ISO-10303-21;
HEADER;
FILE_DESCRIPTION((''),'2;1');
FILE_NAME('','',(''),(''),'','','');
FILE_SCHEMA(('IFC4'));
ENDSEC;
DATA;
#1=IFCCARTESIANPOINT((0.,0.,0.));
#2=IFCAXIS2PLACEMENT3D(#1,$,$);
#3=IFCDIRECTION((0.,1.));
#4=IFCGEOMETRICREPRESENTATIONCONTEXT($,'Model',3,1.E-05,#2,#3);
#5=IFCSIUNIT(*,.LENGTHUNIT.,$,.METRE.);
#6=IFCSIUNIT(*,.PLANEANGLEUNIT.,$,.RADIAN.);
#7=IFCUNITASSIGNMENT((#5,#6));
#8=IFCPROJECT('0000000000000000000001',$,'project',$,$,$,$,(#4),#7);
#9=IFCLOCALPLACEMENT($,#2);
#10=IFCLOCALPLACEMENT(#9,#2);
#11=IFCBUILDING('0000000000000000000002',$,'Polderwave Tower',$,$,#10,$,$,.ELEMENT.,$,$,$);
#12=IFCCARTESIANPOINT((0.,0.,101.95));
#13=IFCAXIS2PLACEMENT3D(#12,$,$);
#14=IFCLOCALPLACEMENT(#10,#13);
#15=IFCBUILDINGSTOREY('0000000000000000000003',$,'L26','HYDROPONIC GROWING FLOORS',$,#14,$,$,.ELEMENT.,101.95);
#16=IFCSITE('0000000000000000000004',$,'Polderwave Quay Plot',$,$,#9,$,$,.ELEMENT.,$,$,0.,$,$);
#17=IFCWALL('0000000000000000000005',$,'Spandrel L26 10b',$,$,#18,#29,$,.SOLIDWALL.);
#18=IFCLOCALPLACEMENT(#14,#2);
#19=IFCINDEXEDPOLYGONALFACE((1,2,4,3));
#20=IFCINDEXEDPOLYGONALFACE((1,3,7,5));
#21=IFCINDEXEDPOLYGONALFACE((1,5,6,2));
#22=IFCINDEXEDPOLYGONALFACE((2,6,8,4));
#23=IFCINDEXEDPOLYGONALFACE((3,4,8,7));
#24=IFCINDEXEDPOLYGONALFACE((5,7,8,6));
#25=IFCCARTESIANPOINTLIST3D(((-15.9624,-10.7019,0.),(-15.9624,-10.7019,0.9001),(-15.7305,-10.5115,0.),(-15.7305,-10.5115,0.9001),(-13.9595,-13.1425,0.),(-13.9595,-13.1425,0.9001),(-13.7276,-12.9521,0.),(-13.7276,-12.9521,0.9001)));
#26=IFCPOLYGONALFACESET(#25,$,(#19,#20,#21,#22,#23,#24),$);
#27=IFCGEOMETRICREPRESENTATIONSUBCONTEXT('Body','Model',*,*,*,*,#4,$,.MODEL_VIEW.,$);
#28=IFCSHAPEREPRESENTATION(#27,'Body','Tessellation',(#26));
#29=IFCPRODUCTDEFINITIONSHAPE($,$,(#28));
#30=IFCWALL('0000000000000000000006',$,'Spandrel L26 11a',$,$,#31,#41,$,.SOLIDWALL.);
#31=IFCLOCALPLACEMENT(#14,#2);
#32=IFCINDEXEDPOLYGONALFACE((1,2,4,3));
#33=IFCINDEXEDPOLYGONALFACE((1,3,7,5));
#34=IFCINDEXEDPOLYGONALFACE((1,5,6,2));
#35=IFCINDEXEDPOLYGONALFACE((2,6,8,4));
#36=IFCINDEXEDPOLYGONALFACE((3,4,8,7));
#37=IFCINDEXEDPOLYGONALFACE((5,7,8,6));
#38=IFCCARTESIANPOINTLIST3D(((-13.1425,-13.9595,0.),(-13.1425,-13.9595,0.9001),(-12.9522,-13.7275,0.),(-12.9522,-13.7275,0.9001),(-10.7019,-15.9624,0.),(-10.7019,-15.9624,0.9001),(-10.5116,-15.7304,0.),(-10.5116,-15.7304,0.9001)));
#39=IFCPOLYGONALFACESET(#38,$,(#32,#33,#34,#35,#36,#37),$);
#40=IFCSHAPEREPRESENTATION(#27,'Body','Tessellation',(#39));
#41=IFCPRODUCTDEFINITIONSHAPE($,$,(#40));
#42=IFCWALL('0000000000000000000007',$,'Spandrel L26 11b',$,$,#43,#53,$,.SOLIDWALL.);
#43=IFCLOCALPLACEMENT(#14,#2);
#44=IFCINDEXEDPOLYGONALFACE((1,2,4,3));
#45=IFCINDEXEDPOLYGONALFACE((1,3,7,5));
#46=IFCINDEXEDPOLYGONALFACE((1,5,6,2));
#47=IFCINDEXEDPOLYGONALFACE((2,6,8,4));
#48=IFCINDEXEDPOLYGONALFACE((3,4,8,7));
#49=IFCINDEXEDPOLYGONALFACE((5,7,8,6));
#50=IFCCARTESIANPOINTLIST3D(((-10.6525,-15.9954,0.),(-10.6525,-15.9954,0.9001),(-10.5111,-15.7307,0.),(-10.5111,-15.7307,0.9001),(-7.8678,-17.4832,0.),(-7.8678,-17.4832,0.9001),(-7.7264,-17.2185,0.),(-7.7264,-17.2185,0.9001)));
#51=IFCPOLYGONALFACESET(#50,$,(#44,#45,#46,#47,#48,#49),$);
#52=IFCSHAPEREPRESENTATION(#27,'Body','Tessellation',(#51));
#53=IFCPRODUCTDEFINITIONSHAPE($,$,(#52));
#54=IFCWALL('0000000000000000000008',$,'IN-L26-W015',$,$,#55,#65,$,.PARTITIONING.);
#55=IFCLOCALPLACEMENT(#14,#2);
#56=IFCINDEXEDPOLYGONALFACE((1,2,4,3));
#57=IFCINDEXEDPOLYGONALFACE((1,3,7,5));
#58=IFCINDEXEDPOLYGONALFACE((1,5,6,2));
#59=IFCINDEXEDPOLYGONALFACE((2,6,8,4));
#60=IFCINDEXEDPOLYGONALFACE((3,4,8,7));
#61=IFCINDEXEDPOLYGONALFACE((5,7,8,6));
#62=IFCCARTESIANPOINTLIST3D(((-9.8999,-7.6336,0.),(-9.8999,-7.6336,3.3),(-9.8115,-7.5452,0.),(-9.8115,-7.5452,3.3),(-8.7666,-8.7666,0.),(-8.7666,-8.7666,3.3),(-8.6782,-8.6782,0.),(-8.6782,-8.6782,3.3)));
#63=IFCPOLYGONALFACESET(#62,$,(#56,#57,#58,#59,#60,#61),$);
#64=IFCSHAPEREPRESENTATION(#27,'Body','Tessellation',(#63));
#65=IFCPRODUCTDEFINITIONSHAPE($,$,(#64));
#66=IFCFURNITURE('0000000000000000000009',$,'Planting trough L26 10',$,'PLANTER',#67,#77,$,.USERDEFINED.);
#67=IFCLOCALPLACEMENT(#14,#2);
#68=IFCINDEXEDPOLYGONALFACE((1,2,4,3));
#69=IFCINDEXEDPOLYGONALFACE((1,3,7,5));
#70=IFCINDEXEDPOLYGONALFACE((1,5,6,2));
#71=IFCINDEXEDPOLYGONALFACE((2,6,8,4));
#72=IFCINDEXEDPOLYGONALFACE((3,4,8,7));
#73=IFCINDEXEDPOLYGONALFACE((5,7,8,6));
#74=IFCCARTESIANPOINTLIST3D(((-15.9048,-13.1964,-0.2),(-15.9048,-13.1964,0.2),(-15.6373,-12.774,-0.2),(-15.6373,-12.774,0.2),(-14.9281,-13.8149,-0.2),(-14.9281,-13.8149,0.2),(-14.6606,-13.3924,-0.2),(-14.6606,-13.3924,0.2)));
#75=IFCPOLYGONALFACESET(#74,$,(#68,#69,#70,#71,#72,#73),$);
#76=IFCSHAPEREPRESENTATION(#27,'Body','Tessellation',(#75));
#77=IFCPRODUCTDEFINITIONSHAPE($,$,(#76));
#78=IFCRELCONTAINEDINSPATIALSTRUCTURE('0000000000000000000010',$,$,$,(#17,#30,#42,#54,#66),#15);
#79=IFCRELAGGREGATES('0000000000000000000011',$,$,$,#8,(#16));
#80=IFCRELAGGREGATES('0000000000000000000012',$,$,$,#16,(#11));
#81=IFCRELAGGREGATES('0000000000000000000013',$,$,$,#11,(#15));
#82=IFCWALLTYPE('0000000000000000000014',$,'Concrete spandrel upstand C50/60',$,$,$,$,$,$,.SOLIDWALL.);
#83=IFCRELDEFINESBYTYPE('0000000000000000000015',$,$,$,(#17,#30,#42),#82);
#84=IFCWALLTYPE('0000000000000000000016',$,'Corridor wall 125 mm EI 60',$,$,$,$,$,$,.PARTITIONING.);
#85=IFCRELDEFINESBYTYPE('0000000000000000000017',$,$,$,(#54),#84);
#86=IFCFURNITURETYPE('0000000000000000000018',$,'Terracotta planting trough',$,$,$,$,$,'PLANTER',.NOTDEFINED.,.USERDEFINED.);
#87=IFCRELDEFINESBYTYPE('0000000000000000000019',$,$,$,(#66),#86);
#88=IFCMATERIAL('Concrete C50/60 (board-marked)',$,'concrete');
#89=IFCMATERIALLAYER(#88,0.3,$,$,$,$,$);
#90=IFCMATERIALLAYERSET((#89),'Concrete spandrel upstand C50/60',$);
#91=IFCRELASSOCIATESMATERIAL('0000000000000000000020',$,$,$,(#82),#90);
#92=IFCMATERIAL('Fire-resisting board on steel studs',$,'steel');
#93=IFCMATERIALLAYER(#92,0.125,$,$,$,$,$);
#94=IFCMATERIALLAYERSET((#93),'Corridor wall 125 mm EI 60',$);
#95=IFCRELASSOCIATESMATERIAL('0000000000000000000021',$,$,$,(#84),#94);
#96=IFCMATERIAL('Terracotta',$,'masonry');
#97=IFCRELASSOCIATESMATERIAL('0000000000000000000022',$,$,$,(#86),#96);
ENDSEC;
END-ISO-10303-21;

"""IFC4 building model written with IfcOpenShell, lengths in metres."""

from ifc_helpers import new_model, si_unit, direction, frame, frame_2d, origin, origin_2d, place, context, subcontext, project, spatial, rectangle, extrude, material, layer, layer_set, type_object, element, save


model = new_model("IFC4")

# Units and contexts
model_context = context("Model", 3, precision=1e-05, world=origin(), true_north=direction((0.0, 1.0)))
body_context = subcontext(model_context, "Body", "Model", "MODEL_VIEW")
ifc_project = project(units=[si_unit("LENGTHUNIT", "METRE"), si_unit("PLANEANGLEUNIT", "RADIAN")], contexts=[model_context])

# Site, building, storey
site_placement = place(None, origin())
site = spatial("IfcSite", under=ifc_project, at=site_placement, Name="Polderwave Quay Plot", CompositionType="ELEMENT", RefElevation=0.0)
building_placement = place(site_placement, origin())
building = spatial("IfcBuilding", under=site, at=building_placement, Name="Polderwave Tower", CompositionType="ELEMENT")
storey_placement = place(building_placement, frame((0.0, 0.0, 101.95)))
storey = spatial("IfcBuildingStorey", under=building, at=storey_placement, Name="L26", Description="HYDROPONIC GROWING FLOORS", CompositionType="ELEMENT", Elevation=101.95)

# Walls
ifc_material_1 = material(Name="Concrete C50/60 (board-marked)", Category="concrete")
ifc_layer_1 = layer(ifc_material_1, 0.3)
ifc_layer_set_1 = layer_set([ifc_layer_1], Name="Concrete spandrel upstand C50/60")
wall_type_1 = type_object("IfcWallType", Name="Concrete spandrel upstand C50/60", PredefinedType="SOLIDWALL", material=ifc_layer_set_1)
for number, where, z_axis, x_axis, name in (
    (1, (-15.8464, -10.6067, 0.0), (0.0, 0.0, 1.0), (0.634378, -0.773023, 0.0), "Spandrel L26 10b"),
    (2, (-13.0474, -13.8435, 0.0), (0.0, 0.0, 1.0), (0.773023, -0.634378, 0.0), "Spandrel L26 11a"),
    (3, (-10.5818, -15.863, 0.0), (0.0, 0.0, 1.0), (0.882006, -0.471238, 0.0), "Spandrel L26 11b"),
):
    element("IfcWall", number, at=place(storey_placement, frame(where, z_axis=z_axis, x_axis=x_axis)), inside=storey, type_object=wall_type_1, Name=name, PredefinedType="SOLIDWALL", context=body_context, shape_type="SweptSolid", body=[
        extrude(rectangle(XDim=3.1572, YDim=0.3, at=frame_2d((1.5786, 0.0))), origin(), (0.0, 0.0, 1.0), 0.9001),
    ])
ifc_material_2 = material(Name="Fire-resisting board on steel studs", Category="steel")
ifc_layer_2 = layer(ifc_material_2, 0.125)
ifc_layer_set_2 = layer_set([ifc_layer_2], Name="Corridor wall 125 mm EI 60")
wall_type_2 = type_object("IfcWallType", Name="Corridor wall 125 mm EI 60", PredefinedType="PARTITIONING", material=ifc_layer_set_2)
wall_1_placement = place(storey_placement, frame((-8.7224, -8.7224, 0.0), z_axis=(0.0, 0.0, 1.0), x_axis=(-0.707183, 0.707031, 0.0)))
element("IfcWall", 4, at=wall_1_placement, inside=storey, type_object=wall_type_2, Name="IN-L26-W015", PredefinedType="PARTITIONING", context=body_context, shape_type="SweptSolid", body=[
    extrude(rectangle(XDim=1.6025, YDim=0.125, at=frame_2d((0.8013, 0.0))), origin(), (0.0, 0.0, 1.0), 3.3),
])

# Furniture
ifc_material_3 = material(Name="Terracotta", Category="masonry")
furniture_type = type_object("IfcFurnitureType", Name="Terracotta planting trough", ElementType="PLANTER", AssemblyPlace="NOTDEFINED", PredefinedType="USERDEFINED", material=ifc_material_3)
furniture_placement = place(storey_placement, frame((-15.2827, -13.2944, -0.2), z_axis=(0.0, 0.0, 1.0), x_axis=(0.844867, -0.534976, 0.0)))
element("IfcFurniture", 5, at=furniture_placement, inside=storey, type_object=furniture_type, Name="Planting trough L26 10", ObjectType="PLANTER", PredefinedType="USERDEFINED", context=body_context, shape_type="SweptSolid", body=[
    extrude(rectangle(XDim=1.156, YDim=0.5, at=origin_2d()), origin(), (0.0, 0.0, 1.0), 0.3999),
])

save(model, "model.ifc")
